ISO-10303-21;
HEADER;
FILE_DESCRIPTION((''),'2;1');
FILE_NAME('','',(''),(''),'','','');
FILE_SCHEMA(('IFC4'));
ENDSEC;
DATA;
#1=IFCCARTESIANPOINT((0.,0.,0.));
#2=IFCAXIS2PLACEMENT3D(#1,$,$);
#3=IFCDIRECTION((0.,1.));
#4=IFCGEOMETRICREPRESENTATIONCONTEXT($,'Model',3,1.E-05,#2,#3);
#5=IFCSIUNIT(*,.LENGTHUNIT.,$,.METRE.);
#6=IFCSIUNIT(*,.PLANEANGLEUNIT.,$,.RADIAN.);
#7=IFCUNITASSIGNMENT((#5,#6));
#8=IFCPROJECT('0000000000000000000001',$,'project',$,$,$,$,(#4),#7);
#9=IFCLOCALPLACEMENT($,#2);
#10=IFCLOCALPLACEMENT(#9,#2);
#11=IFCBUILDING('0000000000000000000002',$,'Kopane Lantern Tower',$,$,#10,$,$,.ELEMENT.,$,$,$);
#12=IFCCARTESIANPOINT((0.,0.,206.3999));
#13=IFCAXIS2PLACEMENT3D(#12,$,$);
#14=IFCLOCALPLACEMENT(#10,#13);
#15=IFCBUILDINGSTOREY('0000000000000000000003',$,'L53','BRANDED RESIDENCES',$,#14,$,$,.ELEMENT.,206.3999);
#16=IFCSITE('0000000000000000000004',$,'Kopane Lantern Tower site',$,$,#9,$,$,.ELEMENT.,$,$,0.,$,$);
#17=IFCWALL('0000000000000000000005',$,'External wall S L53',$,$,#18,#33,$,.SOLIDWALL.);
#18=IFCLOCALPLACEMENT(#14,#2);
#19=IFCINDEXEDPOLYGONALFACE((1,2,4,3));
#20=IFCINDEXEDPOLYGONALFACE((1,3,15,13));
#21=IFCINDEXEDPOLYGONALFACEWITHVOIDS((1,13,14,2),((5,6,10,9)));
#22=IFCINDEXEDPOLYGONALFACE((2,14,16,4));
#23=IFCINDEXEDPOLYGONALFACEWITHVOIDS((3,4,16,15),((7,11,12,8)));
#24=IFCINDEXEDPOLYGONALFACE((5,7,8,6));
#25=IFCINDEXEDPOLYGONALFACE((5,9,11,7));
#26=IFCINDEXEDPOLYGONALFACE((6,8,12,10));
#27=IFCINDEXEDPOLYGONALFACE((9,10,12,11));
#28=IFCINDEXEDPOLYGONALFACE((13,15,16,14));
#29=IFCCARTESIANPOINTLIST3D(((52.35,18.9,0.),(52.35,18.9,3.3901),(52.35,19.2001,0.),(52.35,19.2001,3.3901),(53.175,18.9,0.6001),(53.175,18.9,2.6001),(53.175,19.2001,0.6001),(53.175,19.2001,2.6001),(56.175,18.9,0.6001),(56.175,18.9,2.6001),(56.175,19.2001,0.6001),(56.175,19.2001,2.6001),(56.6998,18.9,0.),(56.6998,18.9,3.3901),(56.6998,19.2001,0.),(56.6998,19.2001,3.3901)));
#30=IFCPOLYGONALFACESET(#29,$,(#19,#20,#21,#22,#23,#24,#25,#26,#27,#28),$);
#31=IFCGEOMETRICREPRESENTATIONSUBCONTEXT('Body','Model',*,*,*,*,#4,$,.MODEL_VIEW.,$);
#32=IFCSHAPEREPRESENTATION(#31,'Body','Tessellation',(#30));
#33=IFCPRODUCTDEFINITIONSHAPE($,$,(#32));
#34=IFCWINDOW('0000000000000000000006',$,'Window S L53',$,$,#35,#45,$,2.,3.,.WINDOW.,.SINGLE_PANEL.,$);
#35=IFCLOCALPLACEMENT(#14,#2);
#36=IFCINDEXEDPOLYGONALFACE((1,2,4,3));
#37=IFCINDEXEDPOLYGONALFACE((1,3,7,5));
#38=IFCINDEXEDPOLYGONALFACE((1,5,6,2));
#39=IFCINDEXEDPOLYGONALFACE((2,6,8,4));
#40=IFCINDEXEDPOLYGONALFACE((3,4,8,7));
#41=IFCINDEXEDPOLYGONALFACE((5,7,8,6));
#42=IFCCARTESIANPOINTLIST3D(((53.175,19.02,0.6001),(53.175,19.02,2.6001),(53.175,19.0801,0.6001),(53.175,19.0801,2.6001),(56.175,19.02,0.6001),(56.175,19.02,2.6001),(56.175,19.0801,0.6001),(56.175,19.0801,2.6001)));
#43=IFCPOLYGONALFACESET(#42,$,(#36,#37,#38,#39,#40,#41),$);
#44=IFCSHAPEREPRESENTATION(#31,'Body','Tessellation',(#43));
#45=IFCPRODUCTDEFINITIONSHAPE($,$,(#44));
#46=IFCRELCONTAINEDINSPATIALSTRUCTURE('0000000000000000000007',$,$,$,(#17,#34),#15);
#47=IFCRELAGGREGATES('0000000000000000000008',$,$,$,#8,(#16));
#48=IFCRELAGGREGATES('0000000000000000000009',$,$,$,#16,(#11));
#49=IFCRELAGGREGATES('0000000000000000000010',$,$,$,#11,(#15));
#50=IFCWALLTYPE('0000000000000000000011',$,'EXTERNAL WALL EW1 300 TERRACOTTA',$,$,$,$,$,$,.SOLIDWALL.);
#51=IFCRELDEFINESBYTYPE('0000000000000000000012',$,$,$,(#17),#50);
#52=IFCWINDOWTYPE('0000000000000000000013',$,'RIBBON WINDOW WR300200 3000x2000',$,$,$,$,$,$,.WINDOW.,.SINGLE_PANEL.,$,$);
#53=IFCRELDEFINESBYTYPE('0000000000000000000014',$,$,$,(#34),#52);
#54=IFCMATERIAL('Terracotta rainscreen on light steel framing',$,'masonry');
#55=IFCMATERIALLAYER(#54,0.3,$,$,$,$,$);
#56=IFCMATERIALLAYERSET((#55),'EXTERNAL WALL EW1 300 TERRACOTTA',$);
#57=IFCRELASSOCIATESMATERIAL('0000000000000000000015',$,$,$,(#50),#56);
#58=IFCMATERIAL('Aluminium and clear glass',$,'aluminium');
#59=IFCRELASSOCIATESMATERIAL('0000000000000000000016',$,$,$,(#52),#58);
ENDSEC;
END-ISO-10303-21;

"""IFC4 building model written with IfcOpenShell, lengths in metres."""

from ifc_helpers import new_model, si_unit, direction, frame, frame_2d, origin, place, context, subcontext, project, spatial, rectangle, extrude, material, layer, layer_set, type_object, element, fill, save


model = new_model("IFC4")

# Units and contexts
model_context = context("Model", 3, precision=1e-05, world=origin(), true_north=direction((0.0, 1.0)))
body_context = subcontext(model_context, "Body", "Model", "MODEL_VIEW")
ifc_project = project(units=[si_unit("LENGTHUNIT", "METRE"), si_unit("PLANEANGLEUNIT", "RADIAN")], contexts=[model_context])

# Site, building, storey
site_placement = place(None, origin())
site = spatial("IfcSite", under=ifc_project, at=site_placement, Name="Kopane Lantern Tower site", CompositionType="ELEMENT", RefElevation=0.0)
building_placement = place(site_placement, origin())
building = spatial("IfcBuilding", under=site, at=building_placement, Name="Kopane Lantern Tower", CompositionType="ELEMENT")
storey_placement = place(building_placement, frame((0.0, 0.0, 206.3999)))
storey = spatial("IfcBuildingStorey", under=building, at=storey_placement, Name="L53", Description="BRANDED RESIDENCES", CompositionType="ELEMENT", Elevation=206.3999)

# Wall, opening, window
ifc_material_1 = material(Name="Terracotta rainscreen on light steel framing", Category="masonry")
ifc_layer_1 = layer(ifc_material_1, 0.3)
ifc_layer_set_1 = layer_set([ifc_layer_1], Name="EXTERNAL WALL EW1 300 TERRACOTTA")
wall_type_1 = type_object("IfcWallType", Name="EXTERNAL WALL EW1 300 TERRACOTTA", PredefinedType="SOLIDWALL", material=ifc_layer_set_1)
wall_1_placement = place(storey_placement, frame((52.3501, 19.05, 0.0), z_axis=(0.0, 0.0, 1.0), x_axis=(1.0, 0.0, 0.0)))
wall_1 = element("IfcWall", 1, at=wall_1_placement, inside=storey, type_object=wall_type_1, Name="External wall S L53", PredefinedType="SOLIDWALL", context=body_context, shape_type="SweptSolid", body=[
    extrude(rectangle(XDim=4.3499, YDim=0.3, at=frame_2d((2.1748, 0.0))), origin(), (0.0, 0.0, 1.0), 3.3901),
])
opening_1_placement = place(wall_1_placement, frame((0.825, 0.0, 0.6001)))
opening_1 = element("IfcOpeningElement", 2, at=opening_1_placement, cuts=wall_1, PredefinedType="OPENING", context=body_context, shape_type="SweptSolid", body=[
    extrude(rectangle(XDim=3.0, YDim=2.0, at=frame_2d((1.5, 1.0))), frame((0.0, 0.1599, 0.0), z_axis=(0.0, -1.0, 0.0), x_axis=(1.0, 0.0, 0.0)), (0.0, 0.0, 1.0), 0.3201),
])
ifc_material_2 = material(Name="Aluminium and clear glass", Category="aluminium")
window_type_1 = type_object("IfcWindowType", Name="RIBBON WINDOW WR300200 3000x2000", PartitioningType="SINGLE_PANEL", PredefinedType="WINDOW", material=ifc_material_2)
window_1_placement = place(opening_1_placement, origin())
window_1 = element("IfcWindow", 3, at=window_1_placement, inside=storey, type_object=window_type_1, Name="Window S L53", OverallHeight=2.0, OverallWidth=3.0, PartitioningType="SINGLE_PANEL", PredefinedType="WINDOW", context=body_context, shape_type="SweptSolid", body=[
    extrude(rectangle(XDim=3.0, YDim=2.0, at=frame_2d((1.5, 1.0))), frame((0.0, 0.03, 0.0), z_axis=(0.0, -1.0, 0.0), x_axis=(1.0, 0.0, 0.0)), (0.0, 0.0, 1.0), 0.0601),
])
fill(opening_1, window_1)

save(model, "model.ifc")
